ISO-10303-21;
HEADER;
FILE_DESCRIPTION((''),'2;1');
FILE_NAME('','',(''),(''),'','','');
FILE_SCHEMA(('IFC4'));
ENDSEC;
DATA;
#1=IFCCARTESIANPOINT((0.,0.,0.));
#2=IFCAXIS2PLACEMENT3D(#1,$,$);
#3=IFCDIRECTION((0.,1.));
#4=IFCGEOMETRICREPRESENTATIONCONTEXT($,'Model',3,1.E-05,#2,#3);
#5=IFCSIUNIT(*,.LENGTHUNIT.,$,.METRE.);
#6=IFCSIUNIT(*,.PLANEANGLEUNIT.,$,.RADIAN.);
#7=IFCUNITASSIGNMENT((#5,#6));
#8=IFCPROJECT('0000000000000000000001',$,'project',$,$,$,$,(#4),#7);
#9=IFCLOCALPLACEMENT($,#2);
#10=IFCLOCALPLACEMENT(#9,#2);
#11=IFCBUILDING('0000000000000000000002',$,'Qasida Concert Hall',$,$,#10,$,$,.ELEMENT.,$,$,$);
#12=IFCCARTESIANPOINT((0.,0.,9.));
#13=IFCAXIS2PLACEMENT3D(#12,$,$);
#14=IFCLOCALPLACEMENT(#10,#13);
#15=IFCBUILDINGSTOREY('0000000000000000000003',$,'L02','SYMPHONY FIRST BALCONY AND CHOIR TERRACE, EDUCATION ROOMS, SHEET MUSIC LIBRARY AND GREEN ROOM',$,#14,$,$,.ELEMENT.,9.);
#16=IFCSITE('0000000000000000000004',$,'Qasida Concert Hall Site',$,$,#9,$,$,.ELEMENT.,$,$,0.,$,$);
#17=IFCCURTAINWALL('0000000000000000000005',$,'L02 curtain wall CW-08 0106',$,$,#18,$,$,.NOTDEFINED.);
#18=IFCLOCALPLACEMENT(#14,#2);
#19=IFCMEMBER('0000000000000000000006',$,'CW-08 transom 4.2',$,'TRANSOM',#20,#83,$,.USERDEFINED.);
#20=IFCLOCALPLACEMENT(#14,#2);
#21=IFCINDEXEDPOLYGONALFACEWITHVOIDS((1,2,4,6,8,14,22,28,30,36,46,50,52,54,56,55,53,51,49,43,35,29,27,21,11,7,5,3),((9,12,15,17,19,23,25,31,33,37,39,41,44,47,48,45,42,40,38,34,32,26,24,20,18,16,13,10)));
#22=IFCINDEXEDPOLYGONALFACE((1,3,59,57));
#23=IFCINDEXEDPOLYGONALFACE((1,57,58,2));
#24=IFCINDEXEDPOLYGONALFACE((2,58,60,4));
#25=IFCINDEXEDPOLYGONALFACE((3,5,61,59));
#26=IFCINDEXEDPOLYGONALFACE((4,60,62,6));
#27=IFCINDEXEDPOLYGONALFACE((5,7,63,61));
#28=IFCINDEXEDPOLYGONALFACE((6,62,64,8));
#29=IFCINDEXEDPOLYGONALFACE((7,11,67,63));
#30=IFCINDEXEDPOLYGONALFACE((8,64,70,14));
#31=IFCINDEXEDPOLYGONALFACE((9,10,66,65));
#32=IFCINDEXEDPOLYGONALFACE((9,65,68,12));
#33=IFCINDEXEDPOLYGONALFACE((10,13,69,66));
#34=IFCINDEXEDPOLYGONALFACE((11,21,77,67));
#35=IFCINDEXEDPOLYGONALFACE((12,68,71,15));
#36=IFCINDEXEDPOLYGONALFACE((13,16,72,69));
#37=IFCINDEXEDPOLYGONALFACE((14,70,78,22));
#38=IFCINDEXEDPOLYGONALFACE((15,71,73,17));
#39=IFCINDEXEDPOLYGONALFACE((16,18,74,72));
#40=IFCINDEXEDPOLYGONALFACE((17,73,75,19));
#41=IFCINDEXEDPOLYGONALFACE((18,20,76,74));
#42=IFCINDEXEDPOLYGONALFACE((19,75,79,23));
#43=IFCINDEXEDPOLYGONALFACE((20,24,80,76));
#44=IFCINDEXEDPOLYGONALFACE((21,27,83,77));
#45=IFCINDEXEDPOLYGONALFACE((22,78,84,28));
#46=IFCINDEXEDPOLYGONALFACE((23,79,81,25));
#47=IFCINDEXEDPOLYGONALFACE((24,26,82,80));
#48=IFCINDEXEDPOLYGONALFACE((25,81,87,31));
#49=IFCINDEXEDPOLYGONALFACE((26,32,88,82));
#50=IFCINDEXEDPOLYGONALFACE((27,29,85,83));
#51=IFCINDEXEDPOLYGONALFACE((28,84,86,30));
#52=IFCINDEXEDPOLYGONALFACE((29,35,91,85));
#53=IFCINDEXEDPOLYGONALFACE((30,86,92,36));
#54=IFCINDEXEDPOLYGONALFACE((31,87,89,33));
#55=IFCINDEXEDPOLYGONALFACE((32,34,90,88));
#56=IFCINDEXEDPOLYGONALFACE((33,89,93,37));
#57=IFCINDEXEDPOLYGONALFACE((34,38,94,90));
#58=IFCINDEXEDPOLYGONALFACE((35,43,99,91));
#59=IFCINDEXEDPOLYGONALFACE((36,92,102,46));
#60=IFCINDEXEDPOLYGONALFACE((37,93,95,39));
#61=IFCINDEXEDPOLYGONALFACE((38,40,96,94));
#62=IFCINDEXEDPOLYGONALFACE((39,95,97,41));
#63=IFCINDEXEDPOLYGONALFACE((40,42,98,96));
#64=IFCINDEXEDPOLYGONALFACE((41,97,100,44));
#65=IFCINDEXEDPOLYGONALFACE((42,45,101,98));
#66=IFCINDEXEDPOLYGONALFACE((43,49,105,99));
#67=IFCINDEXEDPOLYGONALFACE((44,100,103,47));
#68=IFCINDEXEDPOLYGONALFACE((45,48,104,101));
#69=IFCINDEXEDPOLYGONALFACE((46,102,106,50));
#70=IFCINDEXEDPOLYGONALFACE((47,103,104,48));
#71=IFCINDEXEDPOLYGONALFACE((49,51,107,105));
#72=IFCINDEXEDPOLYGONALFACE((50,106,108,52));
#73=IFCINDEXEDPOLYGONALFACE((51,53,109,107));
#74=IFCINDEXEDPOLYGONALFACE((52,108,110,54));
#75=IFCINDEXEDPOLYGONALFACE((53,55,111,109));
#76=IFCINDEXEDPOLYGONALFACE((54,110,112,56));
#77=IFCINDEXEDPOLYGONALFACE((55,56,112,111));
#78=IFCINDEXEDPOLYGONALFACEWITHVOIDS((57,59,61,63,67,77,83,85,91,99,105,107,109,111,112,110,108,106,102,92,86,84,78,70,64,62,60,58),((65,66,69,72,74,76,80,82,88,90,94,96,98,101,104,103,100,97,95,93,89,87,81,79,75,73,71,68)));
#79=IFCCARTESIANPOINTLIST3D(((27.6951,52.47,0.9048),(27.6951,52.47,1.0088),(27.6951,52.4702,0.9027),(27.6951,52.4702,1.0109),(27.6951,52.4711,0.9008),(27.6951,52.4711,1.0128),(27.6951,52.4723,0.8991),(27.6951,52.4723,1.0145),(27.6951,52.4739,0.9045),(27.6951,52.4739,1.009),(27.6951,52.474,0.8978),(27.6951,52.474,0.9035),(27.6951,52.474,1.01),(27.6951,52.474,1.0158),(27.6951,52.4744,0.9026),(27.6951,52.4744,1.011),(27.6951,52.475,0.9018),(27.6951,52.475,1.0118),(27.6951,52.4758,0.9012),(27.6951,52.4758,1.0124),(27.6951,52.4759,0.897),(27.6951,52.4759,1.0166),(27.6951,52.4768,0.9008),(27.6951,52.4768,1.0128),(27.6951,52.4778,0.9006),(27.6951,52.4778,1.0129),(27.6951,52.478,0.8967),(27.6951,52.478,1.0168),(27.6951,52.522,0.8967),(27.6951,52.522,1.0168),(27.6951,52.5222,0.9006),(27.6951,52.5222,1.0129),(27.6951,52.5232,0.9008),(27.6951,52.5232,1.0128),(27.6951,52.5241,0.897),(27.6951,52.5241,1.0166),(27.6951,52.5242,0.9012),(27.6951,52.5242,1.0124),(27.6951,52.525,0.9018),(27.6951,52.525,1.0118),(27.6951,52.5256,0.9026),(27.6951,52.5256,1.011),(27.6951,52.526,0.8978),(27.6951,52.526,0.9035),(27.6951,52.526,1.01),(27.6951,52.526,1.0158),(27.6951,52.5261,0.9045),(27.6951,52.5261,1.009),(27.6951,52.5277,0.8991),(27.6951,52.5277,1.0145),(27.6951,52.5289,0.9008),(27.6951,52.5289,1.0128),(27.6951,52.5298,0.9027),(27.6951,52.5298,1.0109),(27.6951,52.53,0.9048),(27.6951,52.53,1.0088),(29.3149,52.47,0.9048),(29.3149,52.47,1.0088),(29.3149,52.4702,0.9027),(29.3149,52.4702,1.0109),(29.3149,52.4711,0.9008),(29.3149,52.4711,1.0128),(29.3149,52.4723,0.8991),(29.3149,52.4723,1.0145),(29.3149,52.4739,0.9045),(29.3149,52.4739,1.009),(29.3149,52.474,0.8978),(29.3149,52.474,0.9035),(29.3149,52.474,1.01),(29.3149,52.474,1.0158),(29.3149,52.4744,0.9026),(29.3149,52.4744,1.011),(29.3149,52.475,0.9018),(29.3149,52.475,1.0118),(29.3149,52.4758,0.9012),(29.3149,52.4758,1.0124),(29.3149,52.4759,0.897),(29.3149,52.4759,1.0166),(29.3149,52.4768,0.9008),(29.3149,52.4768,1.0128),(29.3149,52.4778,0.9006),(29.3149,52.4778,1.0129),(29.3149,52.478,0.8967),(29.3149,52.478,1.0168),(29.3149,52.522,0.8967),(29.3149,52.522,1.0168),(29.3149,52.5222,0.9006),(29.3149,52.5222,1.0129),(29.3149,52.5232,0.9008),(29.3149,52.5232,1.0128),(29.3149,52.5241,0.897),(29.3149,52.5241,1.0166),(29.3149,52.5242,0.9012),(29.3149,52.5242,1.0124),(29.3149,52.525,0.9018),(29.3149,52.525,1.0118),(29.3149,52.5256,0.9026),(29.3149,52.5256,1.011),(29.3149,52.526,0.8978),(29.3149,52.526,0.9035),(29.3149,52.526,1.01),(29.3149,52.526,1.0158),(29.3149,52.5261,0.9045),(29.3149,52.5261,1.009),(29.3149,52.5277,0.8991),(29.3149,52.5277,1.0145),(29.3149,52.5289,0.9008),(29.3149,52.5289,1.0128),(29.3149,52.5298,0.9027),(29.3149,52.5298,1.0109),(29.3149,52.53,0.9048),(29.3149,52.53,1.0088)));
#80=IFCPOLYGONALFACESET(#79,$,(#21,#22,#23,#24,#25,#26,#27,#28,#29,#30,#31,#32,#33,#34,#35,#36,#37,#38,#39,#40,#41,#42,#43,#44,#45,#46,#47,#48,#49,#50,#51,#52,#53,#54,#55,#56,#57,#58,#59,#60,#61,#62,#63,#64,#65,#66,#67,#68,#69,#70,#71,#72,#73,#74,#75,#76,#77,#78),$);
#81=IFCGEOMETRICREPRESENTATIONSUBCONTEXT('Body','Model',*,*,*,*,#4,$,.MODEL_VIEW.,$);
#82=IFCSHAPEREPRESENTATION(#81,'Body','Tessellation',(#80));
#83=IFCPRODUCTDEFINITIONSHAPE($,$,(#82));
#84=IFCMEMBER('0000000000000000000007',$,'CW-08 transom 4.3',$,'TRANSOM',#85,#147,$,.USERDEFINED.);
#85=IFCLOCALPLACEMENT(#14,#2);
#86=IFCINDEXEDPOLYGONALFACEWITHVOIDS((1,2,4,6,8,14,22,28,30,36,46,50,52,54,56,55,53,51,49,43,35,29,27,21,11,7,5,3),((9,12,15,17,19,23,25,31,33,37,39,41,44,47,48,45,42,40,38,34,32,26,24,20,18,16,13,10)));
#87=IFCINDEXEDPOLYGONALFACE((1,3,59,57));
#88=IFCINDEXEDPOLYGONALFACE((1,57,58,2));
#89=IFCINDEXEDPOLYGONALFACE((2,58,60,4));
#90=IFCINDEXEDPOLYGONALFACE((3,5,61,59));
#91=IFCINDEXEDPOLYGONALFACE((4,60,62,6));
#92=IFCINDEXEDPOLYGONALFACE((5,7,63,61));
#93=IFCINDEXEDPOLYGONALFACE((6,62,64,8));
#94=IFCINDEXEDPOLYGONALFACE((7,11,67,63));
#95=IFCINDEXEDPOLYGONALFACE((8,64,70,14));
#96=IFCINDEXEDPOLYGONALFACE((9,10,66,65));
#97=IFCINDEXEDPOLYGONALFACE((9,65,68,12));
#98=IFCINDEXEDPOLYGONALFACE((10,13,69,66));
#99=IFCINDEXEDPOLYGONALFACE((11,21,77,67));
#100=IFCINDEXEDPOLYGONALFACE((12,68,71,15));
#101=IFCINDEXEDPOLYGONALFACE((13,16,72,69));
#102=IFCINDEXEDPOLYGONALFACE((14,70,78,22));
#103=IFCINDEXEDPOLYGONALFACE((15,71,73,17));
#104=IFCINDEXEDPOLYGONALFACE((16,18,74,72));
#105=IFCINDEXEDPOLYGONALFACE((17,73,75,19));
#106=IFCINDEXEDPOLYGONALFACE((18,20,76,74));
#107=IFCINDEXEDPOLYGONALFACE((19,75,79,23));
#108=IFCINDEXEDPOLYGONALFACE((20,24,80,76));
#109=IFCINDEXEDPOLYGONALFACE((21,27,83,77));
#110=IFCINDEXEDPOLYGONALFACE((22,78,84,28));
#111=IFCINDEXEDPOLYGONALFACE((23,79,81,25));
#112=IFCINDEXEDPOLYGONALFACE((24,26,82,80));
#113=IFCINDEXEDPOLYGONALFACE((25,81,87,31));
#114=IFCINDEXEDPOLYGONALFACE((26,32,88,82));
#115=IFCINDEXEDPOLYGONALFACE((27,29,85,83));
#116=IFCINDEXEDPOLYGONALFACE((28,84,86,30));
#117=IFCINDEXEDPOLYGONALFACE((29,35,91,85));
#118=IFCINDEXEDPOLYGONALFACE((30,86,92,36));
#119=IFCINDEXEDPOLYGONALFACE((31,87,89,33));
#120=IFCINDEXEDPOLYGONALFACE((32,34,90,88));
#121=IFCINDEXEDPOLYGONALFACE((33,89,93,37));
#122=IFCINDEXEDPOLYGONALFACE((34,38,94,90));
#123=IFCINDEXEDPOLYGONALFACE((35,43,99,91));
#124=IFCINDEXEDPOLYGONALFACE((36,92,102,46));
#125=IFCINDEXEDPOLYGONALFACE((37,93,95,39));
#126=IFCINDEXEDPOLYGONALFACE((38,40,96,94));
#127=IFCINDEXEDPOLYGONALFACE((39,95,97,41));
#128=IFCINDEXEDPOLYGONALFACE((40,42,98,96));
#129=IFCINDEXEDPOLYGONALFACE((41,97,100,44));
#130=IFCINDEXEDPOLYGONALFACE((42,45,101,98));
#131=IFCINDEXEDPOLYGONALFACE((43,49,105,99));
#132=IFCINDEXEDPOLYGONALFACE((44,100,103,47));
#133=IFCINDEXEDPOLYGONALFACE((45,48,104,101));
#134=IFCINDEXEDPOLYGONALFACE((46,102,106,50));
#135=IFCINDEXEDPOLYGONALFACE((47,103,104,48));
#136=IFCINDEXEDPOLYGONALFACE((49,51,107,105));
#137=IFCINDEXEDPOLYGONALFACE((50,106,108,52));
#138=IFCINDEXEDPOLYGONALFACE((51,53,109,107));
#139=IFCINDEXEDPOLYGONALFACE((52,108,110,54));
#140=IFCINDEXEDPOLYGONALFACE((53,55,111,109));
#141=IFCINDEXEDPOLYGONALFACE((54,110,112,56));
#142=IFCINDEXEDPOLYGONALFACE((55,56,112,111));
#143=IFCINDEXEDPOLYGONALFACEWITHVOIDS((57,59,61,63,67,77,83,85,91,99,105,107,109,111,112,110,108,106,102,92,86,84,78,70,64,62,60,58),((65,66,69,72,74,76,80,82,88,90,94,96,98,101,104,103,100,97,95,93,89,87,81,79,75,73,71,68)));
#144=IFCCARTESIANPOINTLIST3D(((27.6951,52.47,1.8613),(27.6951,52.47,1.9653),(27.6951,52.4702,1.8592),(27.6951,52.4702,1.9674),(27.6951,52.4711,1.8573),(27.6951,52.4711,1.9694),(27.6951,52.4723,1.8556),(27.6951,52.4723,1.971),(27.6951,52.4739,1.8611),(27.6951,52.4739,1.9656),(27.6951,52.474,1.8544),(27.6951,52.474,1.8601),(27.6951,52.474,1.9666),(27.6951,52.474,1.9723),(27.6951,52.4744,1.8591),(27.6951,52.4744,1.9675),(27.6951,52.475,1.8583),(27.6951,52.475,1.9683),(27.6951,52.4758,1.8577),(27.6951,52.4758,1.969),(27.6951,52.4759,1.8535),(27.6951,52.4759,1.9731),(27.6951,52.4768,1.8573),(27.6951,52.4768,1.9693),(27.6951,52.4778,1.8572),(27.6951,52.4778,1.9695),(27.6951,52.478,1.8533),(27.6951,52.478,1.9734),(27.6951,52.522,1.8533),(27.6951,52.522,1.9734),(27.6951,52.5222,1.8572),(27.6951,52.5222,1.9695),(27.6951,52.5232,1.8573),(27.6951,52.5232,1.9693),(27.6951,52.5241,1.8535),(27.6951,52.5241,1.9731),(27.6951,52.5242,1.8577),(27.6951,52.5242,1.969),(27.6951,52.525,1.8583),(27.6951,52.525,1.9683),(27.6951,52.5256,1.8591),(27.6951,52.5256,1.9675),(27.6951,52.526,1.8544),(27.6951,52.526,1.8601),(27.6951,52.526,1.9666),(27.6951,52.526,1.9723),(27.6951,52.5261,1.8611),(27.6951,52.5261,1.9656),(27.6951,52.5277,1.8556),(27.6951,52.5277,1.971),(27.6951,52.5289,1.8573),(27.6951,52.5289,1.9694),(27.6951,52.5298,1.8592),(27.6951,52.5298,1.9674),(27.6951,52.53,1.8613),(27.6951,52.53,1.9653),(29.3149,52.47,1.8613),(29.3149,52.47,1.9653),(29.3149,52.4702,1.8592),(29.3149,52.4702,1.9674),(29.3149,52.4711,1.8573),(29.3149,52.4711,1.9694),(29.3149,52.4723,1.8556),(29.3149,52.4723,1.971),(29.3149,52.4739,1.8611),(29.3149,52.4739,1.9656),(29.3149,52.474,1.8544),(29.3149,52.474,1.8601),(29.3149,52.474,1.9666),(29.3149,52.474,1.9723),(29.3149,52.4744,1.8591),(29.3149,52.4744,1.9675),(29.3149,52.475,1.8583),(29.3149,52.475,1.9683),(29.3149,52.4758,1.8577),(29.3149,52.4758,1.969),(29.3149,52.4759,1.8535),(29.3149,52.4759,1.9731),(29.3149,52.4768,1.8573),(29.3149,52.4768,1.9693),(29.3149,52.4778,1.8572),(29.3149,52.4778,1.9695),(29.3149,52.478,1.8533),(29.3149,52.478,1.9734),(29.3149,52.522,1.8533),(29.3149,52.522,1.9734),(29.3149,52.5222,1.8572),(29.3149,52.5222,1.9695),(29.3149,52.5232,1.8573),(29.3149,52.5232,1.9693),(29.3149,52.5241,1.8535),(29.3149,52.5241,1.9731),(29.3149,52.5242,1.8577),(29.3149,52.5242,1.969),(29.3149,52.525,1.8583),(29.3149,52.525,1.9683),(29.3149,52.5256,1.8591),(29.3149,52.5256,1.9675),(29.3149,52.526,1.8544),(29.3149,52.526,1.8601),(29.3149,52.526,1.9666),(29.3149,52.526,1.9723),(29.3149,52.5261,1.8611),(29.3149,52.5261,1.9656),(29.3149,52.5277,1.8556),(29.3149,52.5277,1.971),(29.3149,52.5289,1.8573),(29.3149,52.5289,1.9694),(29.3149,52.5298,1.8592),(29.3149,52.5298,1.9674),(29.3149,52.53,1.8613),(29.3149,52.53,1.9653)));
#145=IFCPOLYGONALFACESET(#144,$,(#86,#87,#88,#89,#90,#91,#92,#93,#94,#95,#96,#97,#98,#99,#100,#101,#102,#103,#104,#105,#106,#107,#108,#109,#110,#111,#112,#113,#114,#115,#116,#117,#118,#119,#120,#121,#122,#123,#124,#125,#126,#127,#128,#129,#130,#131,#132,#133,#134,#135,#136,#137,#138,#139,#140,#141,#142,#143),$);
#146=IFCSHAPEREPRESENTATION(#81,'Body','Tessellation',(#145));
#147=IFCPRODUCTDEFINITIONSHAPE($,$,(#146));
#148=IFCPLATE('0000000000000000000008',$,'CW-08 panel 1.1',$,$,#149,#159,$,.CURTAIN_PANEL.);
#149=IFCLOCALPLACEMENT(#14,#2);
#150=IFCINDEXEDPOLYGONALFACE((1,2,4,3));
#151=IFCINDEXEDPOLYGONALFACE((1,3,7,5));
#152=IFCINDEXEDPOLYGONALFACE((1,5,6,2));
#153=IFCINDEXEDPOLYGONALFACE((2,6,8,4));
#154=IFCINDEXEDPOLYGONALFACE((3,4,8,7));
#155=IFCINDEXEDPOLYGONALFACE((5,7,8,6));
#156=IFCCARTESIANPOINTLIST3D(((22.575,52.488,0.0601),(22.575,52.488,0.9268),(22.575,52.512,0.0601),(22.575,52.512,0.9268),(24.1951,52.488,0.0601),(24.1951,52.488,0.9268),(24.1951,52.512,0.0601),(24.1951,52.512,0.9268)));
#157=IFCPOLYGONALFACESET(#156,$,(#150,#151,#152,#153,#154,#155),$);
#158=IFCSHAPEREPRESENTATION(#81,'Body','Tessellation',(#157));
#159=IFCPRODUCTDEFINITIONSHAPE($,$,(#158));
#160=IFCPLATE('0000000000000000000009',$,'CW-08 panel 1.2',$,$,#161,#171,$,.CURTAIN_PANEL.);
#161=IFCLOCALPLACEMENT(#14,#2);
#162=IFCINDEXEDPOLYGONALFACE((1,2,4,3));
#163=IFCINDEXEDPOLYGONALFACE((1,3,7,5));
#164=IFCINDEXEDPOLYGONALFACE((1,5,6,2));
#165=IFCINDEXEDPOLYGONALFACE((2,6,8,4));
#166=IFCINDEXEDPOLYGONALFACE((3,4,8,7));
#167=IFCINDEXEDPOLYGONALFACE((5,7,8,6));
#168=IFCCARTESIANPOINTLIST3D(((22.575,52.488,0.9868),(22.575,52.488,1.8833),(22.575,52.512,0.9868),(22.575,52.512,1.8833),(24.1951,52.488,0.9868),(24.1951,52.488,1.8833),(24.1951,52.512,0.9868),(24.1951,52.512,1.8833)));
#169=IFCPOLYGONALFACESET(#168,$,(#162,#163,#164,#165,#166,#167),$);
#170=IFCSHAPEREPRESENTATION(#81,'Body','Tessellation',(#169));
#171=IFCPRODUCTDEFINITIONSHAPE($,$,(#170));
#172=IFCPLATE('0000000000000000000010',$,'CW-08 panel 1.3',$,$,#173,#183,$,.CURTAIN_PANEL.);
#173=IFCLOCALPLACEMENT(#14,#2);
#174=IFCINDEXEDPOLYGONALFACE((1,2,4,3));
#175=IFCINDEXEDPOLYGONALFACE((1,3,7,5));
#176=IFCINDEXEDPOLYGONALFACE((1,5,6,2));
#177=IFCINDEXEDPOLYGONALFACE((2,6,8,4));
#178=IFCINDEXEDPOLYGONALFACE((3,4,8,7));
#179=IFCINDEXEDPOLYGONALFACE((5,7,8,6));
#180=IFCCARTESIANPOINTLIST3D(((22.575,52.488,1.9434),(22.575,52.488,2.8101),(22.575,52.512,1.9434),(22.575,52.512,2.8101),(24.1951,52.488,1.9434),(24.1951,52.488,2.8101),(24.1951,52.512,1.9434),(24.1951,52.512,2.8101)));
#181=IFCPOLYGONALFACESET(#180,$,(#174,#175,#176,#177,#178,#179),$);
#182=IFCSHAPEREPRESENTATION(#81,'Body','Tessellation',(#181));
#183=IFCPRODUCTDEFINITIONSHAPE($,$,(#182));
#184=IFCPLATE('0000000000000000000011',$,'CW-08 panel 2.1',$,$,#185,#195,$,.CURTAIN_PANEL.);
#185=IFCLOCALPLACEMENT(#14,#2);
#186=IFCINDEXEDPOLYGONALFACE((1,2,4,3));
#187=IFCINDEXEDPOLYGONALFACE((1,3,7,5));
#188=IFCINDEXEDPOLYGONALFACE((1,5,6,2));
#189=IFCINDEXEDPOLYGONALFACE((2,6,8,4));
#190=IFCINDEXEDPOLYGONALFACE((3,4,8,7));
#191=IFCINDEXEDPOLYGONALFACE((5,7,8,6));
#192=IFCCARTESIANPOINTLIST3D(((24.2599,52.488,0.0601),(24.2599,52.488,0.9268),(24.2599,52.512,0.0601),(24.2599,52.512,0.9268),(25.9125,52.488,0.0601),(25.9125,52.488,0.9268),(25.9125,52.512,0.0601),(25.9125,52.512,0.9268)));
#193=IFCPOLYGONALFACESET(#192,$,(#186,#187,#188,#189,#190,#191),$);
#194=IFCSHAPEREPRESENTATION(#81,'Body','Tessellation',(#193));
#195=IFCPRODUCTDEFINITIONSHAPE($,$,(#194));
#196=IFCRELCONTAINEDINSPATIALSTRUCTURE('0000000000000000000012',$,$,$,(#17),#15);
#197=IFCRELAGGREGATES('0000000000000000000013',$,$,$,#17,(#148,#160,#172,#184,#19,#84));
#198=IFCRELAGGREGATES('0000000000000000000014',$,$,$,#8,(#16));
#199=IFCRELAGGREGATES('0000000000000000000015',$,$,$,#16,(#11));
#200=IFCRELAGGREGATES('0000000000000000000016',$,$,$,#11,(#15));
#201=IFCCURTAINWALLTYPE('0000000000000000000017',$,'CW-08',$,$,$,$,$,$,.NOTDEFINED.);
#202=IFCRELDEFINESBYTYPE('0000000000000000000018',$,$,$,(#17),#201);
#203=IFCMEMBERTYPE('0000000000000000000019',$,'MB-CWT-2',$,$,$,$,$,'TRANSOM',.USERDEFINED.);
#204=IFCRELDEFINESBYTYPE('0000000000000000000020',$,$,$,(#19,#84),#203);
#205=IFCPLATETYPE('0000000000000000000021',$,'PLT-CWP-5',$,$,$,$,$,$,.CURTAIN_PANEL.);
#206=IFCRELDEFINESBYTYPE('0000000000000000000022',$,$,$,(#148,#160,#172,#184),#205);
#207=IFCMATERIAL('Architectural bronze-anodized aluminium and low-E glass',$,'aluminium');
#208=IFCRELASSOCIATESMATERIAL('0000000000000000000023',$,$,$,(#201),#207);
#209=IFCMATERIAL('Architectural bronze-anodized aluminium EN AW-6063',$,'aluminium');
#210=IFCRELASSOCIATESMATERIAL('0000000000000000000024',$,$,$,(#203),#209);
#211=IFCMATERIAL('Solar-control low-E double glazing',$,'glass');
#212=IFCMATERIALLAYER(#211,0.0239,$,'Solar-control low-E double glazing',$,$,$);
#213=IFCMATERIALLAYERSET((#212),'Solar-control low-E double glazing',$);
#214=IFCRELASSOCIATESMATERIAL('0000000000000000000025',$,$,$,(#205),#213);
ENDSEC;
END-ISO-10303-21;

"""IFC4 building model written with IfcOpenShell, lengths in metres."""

from ifc_helpers import new_model, si_unit, direction, frame, origin, origin_2d, place, context, subcontext, project, spatial, rectangle, hollow_rectangle, extrude, material, layer, layer_set, material_profile, profile_set, type_object, element, aggregate, save


model = new_model("IFC4")

# Units and contexts
model_context = context("Model", 3, precision=1e-05, world=origin(), true_north=direction((0.0, 1.0)))
body_context = subcontext(model_context, "Body", "Model", "MODEL_VIEW")
ifc_project = project(units=[si_unit("LENGTHUNIT", "METRE"), si_unit("PLANEANGLEUNIT", "RADIAN")], contexts=[model_context])

# Site, building, storey
site_placement = place(None, origin())
site = spatial("IfcSite", under=ifc_project, at=site_placement, Name="Qasida Concert Hall Site", CompositionType="ELEMENT", RefElevation=0.0)
building_placement = place(site_placement, origin())
building = spatial("IfcBuilding", under=site, at=building_placement, Name="Qasida Concert Hall", CompositionType="ELEMENT")
storey_placement = place(building_placement, frame((0.0, 0.0, 9.0)))
storey = spatial("IfcBuildingStorey", under=building, at=storey_placement, Name="L02", Description="SYMPHONY FIRST BALCONY AND CHOIR TERRACE, EDUCATION ROOMS, SHEET MUSIC LIBRARY AND GREEN ROOM", CompositionType="ELEMENT", Elevation=9.0)

# Curtain wall, members, plates
ifc_material_1 = material(Name="Architectural bronze-anodized aluminium and low-E glass", Category="aluminium")
curtain_wall_type = type_object("IfcCurtainWallType", Name="CW-08", PredefinedType="NOTDEFINED", material=ifc_material_1)
curtain_wall_placement = place(storey_placement, origin())
curtain_wall = element("IfcCurtainWall", 1, at=curtain_wall_placement, inside=storey, type_object=curtain_wall_type, Name="L02 curtain wall CW-08 0106", PredefinedType="NOTDEFINED")
ifc_material_2 = material(Name="Architectural bronze-anodized aluminium EN AW-6063", Category="aluminium")
ifc_material_profile_1 = material_profile(ifc_material_2, hollow_rectangle(XDim=0.0601, YDim=0.1201, WallThickness=0.0039, InnerFilletRadius=0.0039, OuterFilletRadius=0.0081, at=origin_2d()), Name="CWT 120x60x4")
ifc_profile_set_1 = profile_set([ifc_material_profile_1], Name="Architectural bronze-anodized aluminium EN AW-6063")
member_type_1 = type_object("IfcMemberType", Name="MB-CWT-2", ElementType="TRANSOM", PredefinedType="USERDEFINED", material=ifc_profile_set_1)
member_1_placement = place(storey_placement, frame((27.6951, 52.5, 0.9568), z_axis=(1.0, 0.0, 0.0), x_axis=(0.0, 1.0, 0.0)))
member_1 = element("IfcMember", 2, at=member_1_placement, type_object=member_type_1, Name="CW-08 transom 4.2", ObjectType="TRANSOM", PredefinedType="USERDEFINED", context=body_context, shape_type="SweptSolid", body=[
    extrude(hollow_rectangle(XDim=0.0601, YDim=0.1201, WallThickness=0.0039, InnerFilletRadius=0.0039, OuterFilletRadius=0.0081, at=origin_2d()), origin(), (0.0, 0.0, 1.0), 1.6199),
])
member_2_placement = place(storey_placement, frame((27.6951, 52.5, 1.9133), z_axis=(1.0, 0.0, 0.0), x_axis=(0.0, 1.0, 0.0)))
member_2 = element("IfcMember", 3, at=member_2_placement, type_object=member_type_1, Name="CW-08 transom 4.3", ObjectType="TRANSOM", PredefinedType="USERDEFINED", context=body_context, shape_type="SweptSolid", body=[
    extrude(hollow_rectangle(XDim=0.0601, YDim=0.1201, WallThickness=0.0039, InnerFilletRadius=0.0039, OuterFilletRadius=0.0081, at=origin_2d()), origin(), (0.0, 0.0, 1.0), 1.6199),
])
ifc_material_3 = material(Name="Solar-control low-E double glazing", Category="glass")
ifc_layer = layer(ifc_material_3, 0.0239, Name="Solar-control low-E double glazing")
ifc_layer_set = layer_set([ifc_layer], Name="Solar-control low-E double glazing")
plate_type = type_object("IfcPlateType", Name="PLT-CWP-5", PredefinedType="CURTAIN_PANEL", material=ifc_layer_set)
plate_1_placement = place(storey_placement, frame((23.385, 52.5, 0.0601), z_axis=(0.0, 0.0, 1.0), x_axis=(1.0, 0.0, 0.0)))
plate_1 = element("IfcPlate", 4, at=plate_1_placement, type_object=plate_type, Name="CW-08 panel 1.1", PredefinedType="CURTAIN_PANEL", context=body_context, shape_type="SweptSolid", body=[
    extrude(rectangle(XDim=1.6201, YDim=0.0239, at=origin_2d()), origin(), (0.0, 0.0, 1.0), 0.8667),
])
plate_2_placement = place(storey_placement, frame((23.385, 52.5, 0.9868), z_axis=(0.0, 0.0, 1.0), x_axis=(1.0, 0.0, 0.0)))
plate_2 = element("IfcPlate", 5, at=plate_2_placement, type_object=plate_type, Name="CW-08 panel 1.2", PredefinedType="CURTAIN_PANEL", context=body_context, shape_type="SweptSolid", body=[
    extrude(rectangle(XDim=1.6201, YDim=0.0239, at=origin_2d()), origin(), (0.0, 0.0, 1.0), 0.8965),
])
plate_3_placement = place(storey_placement, frame((23.385, 52.5, 1.9434), z_axis=(0.0, 0.0, 1.0), x_axis=(1.0, 0.0, 0.0)))
plate_3 = element("IfcPlate", 6, at=plate_3_placement, type_object=plate_type, Name="CW-08 panel 1.3", PredefinedType="CURTAIN_PANEL", context=body_context, shape_type="SweptSolid", body=[
    extrude(rectangle(XDim=1.6201, YDim=0.0239, at=origin_2d()), origin(), (0.0, 0.0, 1.0), 0.8667),
])
plate_4_placement = place(storey_placement, frame((25.0862, 52.5, 0.0601), z_axis=(0.0, 0.0, 1.0), x_axis=(1.0, 0.0, 0.0)))
plate_4 = element("IfcPlate", 7, at=plate_4_placement, type_object=plate_type, Name="CW-08 panel 2.1", PredefinedType="CURTAIN_PANEL", context=body_context, shape_type="SweptSolid", body=[
    extrude(rectangle(XDim=1.6526, YDim=0.0239, at=origin_2d()), origin(), (0.0, 0.0, 1.0), 0.8667),
])
aggregate(curtain_wall, [plate_1, plate_2, plate_3, plate_4, member_1, member_2])

save(model, "model.ifc")
